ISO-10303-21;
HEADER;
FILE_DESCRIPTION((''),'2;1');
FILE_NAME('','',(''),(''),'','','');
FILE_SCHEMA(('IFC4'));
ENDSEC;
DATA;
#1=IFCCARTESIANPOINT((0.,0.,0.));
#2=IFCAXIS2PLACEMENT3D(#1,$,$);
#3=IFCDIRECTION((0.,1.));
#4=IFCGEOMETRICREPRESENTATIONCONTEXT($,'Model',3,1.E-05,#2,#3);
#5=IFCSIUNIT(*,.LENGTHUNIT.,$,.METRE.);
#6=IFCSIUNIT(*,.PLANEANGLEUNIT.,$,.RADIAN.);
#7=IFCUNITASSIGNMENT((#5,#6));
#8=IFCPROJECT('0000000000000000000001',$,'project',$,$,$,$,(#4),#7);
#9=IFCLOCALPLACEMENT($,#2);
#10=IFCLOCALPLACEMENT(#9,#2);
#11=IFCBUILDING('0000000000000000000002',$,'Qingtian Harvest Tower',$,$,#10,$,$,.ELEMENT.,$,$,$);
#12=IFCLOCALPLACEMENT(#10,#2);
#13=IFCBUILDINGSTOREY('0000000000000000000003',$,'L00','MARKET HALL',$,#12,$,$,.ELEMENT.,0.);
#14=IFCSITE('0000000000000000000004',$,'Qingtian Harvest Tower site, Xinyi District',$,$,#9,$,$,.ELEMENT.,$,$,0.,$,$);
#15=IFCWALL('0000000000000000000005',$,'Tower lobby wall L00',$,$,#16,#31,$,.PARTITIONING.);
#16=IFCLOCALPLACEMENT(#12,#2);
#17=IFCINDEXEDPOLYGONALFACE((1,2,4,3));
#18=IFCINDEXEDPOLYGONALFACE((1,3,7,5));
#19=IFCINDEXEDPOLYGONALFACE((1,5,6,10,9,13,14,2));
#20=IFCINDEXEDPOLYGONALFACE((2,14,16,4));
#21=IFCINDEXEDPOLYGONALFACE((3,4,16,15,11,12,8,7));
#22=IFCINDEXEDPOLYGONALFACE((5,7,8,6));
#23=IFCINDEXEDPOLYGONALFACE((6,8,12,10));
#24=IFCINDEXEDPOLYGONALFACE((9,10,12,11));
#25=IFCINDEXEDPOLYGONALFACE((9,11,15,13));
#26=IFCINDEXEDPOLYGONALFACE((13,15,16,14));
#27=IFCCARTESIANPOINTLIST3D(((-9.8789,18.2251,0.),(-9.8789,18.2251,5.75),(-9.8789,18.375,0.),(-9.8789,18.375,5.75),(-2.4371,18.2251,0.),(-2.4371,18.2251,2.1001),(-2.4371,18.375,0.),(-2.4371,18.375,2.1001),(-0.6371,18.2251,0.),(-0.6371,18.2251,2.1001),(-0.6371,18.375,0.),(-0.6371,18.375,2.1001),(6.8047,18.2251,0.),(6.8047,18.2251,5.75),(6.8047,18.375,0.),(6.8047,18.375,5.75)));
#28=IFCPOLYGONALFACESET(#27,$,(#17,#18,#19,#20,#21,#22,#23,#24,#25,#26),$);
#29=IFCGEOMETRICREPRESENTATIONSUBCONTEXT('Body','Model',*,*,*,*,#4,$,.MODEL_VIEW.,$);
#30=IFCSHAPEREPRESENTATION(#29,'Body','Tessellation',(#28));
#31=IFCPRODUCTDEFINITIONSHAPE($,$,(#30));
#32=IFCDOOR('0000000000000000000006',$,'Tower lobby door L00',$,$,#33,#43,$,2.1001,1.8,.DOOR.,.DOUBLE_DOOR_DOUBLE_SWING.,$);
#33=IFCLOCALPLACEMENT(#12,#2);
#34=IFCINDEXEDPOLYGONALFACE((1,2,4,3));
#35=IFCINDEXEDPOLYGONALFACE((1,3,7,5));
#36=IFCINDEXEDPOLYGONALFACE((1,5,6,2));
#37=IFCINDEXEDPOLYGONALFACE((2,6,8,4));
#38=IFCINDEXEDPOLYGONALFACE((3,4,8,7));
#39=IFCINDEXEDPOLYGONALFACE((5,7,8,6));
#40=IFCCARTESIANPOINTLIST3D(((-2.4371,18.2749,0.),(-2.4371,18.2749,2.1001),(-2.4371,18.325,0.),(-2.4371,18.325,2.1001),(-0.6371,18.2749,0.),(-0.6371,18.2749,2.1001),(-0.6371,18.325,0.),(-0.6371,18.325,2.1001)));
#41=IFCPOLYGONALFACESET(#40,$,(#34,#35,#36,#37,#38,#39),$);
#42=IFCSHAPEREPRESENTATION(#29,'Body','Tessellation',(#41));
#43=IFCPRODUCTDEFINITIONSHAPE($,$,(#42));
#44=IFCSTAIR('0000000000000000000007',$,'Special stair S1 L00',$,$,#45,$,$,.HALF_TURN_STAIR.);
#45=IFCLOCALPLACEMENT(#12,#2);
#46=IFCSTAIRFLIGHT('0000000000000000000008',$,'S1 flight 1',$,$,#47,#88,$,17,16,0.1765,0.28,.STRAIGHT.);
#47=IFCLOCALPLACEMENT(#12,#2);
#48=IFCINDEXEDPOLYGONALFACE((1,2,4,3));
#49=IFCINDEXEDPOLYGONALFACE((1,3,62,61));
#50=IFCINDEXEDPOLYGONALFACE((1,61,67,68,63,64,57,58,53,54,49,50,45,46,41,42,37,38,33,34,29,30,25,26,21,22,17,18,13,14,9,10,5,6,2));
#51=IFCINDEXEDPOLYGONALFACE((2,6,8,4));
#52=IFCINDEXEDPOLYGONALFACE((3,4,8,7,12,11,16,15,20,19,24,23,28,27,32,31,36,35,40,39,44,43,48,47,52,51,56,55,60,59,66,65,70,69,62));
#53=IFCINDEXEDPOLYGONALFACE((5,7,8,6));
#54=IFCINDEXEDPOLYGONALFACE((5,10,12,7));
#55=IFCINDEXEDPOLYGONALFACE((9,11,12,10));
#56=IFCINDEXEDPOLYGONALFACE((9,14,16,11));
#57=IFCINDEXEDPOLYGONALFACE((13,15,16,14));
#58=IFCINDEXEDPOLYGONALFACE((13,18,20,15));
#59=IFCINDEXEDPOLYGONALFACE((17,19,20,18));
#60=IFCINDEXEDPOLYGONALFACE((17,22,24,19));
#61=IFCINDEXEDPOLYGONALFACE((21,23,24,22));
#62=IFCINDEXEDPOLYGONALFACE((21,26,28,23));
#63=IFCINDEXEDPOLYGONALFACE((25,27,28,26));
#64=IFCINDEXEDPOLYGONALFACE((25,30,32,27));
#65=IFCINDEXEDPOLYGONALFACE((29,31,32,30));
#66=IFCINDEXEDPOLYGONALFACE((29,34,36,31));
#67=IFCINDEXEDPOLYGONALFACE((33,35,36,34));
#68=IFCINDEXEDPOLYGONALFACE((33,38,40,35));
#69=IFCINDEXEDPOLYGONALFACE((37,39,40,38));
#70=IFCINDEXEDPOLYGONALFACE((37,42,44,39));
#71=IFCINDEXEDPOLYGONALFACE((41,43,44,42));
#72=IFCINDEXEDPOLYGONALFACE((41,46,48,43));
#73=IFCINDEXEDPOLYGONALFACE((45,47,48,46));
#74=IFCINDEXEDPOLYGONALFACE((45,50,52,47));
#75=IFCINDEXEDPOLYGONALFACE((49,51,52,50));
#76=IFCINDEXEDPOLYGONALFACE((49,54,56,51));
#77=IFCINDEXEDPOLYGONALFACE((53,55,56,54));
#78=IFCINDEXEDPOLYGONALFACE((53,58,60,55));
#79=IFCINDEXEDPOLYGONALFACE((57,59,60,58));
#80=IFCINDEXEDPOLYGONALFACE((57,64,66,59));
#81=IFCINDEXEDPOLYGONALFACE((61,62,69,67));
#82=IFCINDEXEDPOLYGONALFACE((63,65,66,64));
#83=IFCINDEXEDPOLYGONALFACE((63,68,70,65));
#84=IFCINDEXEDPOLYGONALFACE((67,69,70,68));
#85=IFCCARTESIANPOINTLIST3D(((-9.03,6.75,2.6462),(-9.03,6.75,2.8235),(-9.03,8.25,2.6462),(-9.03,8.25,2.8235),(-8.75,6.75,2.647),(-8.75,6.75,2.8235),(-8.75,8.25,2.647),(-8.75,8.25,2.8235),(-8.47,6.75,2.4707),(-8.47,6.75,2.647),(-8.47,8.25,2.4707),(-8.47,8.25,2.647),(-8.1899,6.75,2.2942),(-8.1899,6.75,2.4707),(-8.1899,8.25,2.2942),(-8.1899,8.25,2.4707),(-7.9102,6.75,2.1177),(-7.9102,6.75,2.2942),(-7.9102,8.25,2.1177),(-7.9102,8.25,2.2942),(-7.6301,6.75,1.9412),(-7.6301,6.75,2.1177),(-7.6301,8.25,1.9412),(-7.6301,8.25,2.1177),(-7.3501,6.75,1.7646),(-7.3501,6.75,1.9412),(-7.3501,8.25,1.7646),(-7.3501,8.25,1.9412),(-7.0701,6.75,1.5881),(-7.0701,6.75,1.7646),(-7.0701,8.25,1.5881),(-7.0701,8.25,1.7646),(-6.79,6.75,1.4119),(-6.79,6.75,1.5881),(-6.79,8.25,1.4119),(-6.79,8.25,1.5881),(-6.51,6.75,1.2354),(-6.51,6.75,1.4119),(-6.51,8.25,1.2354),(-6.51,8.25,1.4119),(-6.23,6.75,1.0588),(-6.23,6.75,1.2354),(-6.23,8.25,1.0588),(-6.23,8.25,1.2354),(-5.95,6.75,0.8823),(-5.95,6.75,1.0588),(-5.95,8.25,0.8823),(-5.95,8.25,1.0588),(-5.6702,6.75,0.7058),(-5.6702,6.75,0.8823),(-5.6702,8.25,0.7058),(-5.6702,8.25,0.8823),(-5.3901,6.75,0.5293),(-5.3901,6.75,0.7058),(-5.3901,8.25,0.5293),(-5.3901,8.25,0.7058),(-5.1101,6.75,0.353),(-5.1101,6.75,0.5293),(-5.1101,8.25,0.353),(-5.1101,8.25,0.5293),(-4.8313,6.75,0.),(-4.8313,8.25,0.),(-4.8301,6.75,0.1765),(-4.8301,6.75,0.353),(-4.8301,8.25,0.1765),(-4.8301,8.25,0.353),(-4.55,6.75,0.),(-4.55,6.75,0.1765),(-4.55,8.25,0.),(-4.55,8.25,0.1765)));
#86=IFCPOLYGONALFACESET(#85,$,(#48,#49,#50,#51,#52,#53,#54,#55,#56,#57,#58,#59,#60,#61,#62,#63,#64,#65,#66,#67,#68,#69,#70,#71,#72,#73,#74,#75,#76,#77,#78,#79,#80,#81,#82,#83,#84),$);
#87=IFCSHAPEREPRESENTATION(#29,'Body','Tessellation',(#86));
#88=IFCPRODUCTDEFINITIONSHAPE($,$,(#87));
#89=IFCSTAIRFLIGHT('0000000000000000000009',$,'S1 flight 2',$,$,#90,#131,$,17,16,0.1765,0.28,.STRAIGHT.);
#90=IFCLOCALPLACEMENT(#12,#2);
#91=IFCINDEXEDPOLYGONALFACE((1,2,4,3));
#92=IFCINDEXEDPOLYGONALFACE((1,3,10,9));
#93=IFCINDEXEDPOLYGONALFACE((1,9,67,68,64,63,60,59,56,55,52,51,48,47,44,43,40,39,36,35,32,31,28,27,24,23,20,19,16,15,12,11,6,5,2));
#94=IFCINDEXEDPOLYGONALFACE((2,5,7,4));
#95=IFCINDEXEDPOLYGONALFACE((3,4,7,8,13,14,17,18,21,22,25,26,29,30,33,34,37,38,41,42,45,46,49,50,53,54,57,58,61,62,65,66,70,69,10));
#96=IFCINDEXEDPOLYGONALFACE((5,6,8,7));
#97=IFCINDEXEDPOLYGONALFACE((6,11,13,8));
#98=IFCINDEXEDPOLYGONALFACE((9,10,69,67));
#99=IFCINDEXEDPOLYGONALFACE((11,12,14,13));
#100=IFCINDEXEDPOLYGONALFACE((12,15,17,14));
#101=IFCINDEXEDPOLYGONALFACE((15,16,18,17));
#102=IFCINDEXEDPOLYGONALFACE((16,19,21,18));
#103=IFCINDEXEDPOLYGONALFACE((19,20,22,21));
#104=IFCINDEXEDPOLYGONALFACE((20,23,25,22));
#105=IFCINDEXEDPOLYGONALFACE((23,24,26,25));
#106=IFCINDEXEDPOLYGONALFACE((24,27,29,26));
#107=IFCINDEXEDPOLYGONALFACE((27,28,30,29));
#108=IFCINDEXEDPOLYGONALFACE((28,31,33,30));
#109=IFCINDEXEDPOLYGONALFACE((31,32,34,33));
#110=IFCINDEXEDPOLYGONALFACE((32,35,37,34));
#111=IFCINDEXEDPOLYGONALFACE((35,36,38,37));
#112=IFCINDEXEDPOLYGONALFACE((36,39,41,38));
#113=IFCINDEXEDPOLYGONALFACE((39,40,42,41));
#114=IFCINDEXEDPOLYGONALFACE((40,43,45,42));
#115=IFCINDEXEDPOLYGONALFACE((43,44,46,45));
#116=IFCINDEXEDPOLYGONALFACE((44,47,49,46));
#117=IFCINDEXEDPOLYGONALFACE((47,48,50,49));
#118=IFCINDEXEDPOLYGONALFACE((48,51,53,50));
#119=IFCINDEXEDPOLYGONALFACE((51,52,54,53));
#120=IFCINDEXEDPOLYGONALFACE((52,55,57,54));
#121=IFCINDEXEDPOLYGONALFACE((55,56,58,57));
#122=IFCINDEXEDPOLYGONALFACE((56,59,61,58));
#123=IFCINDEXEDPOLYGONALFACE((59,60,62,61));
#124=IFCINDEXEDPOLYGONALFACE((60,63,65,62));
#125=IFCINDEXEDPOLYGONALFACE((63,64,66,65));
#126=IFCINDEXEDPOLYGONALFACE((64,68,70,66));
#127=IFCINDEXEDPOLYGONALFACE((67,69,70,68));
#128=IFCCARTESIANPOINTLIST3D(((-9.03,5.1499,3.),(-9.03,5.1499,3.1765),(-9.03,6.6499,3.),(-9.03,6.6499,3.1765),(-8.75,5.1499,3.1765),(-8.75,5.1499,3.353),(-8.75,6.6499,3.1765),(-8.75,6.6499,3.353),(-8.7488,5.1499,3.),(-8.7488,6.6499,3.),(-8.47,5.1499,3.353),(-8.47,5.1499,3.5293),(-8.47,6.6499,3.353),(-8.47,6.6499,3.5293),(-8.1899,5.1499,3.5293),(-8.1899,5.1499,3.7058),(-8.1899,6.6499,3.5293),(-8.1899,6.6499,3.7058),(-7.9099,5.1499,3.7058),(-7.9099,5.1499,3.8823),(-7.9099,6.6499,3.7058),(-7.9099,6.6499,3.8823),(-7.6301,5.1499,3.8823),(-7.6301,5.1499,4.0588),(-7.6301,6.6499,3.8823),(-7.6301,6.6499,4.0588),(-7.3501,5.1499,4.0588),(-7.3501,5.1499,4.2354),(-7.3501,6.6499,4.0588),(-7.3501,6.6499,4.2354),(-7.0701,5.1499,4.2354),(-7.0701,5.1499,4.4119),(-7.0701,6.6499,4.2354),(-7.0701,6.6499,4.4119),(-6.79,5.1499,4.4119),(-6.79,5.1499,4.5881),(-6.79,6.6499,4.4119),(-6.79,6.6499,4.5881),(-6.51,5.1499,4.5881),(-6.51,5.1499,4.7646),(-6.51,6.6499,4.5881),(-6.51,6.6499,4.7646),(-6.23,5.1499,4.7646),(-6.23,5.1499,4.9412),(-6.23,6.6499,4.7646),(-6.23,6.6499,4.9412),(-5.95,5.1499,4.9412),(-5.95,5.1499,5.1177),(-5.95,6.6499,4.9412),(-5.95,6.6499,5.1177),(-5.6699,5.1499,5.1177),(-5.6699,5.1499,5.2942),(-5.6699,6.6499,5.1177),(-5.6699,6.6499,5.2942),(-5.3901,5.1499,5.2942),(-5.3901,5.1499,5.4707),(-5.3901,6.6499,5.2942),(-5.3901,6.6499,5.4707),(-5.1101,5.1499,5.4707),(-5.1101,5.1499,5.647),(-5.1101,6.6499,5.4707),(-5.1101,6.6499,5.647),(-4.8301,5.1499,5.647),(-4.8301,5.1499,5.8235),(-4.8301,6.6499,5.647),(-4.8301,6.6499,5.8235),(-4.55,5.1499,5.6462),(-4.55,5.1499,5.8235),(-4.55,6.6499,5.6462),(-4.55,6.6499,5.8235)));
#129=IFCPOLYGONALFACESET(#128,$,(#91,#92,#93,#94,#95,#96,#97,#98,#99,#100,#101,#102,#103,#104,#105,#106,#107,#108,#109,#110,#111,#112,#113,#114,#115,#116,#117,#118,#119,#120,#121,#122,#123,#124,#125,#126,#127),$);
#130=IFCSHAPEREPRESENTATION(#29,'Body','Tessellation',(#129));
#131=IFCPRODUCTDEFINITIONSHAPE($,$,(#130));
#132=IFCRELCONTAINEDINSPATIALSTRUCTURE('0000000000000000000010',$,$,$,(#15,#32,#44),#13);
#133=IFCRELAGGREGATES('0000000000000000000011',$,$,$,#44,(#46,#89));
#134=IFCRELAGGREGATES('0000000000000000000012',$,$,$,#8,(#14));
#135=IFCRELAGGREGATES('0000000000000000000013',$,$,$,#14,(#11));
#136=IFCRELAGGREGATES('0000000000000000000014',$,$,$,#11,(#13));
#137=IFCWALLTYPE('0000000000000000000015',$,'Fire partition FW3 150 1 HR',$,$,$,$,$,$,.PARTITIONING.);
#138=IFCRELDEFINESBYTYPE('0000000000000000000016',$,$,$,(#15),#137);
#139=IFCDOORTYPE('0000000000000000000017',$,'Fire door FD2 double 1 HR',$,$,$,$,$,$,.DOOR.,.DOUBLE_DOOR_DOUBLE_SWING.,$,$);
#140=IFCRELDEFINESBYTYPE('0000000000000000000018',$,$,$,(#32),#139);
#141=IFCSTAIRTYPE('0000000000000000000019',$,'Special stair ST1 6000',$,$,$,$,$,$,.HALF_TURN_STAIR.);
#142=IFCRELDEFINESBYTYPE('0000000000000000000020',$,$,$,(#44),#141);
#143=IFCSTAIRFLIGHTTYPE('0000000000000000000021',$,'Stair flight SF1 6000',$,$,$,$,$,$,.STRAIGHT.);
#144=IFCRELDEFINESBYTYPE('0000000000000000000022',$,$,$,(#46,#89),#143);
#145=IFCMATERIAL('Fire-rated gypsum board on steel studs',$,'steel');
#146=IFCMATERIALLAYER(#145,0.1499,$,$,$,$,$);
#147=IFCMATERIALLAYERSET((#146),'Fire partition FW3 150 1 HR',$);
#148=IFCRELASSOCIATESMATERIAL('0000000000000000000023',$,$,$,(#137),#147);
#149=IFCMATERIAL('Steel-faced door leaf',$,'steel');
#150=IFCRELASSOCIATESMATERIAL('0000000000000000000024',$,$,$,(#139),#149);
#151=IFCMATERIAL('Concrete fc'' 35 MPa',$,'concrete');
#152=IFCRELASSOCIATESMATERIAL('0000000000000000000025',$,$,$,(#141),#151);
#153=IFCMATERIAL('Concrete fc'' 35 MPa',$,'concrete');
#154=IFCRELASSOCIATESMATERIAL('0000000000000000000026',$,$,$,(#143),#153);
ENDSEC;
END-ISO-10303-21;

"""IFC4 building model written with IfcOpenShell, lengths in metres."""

from ifc_helpers import new_model, si_unit, direction, frame, frame_2d, origin, place, context, subcontext, project, spatial, polyline, rectangle, outline, extrude, material, layer, layer_set, type_object, element, fill, aggregate, save


model = new_model("IFC4")

# Units and contexts
model_context = context("Model", 3, precision=1e-05, world=origin(), true_north=direction((0.0, 1.0)))
body_context = subcontext(model_context, "Body", "Model", "MODEL_VIEW")
ifc_project = project(units=[si_unit("LENGTHUNIT", "METRE"), si_unit("PLANEANGLEUNIT", "RADIAN")], contexts=[model_context])

# Site, building, storey
site_placement = place(None, origin())
site = spatial("IfcSite", under=ifc_project, at=site_placement, Name="Qingtian Harvest Tower site, Xinyi District", CompositionType="ELEMENT", RefElevation=0.0)
building_placement = place(site_placement, origin())
building = spatial("IfcBuilding", under=site, at=building_placement, Name="Qingtian Harvest Tower", CompositionType="ELEMENT")
storey_placement = place(building_placement, origin())
storey = spatial("IfcBuildingStorey", under=building, at=storey_placement, Name="L00", Description="MARKET HALL", CompositionType="ELEMENT", Elevation=0.0)

# Wall, opening, door
ifc_material_1 = material(Name="Fire-rated gypsum board on steel studs", Category="steel")
ifc_layer_1 = layer(ifc_material_1, 0.1499)
ifc_layer_set_1 = layer_set([ifc_layer_1], Name="Fire partition FW3 150 1 HR")
wall_type_1 = type_object("IfcWallType", Name="Fire partition FW3 150 1 HR", PredefinedType="PARTITIONING", material=ifc_layer_set_1)
wall_1_placement = place(storey_placement, frame((-9.8789, 18.3, 0.0), z_axis=(0.0, 0.0, 1.0), x_axis=(1.0, 0.0, 0.0)))
wall_1 = element("IfcWall", 1, at=wall_1_placement, inside=storey, type_object=wall_type_1, Name="Tower lobby wall L00", PredefinedType="PARTITIONING", context=body_context, shape_type="SweptSolid", body=[
    extrude(rectangle(XDim=16.6836, YDim=0.1499, at=frame_2d((8.3418, 0.0))), origin(), (0.0, 0.0, 1.0), 5.75),
])
opening_1_placement = place(wall_1_placement, frame((7.4419, 0.0, 0.0)))
opening_1 = element("IfcOpeningElement", 2, at=opening_1_placement, cuts=wall_1, PredefinedType="OPENING", context=body_context, shape_type="SweptSolid", body=[
    extrude(rectangle(XDim=1.8, YDim=2.1001, at=frame_2d((0.8999, 1.05))), frame((0.0, 0.085, 0.0), z_axis=(0.0, -1.0, 0.0), x_axis=(1.0, 0.0, 0.0)), (0.0, 0.0, 1.0), 0.1699),
])
ifc_material_2 = material(Name="Steel-faced door leaf", Category="steel")
door_type_1 = type_object("IfcDoorType", Name="Fire door FD2 double 1 HR", OperationType="DOUBLE_DOOR_DOUBLE_SWING", PredefinedType="DOOR", material=ifc_material_2)
door_1_placement = place(opening_1_placement, origin())
door_1 = element("IfcDoor", 3, at=door_1_placement, inside=storey, type_object=door_type_1, Name="Tower lobby door L00", OperationType="DOUBLE_DOOR_DOUBLE_SWING", OverallHeight=2.1001, OverallWidth=1.8, PredefinedType="DOOR", context=body_context, shape_type="SweptSolid", body=[
    extrude(rectangle(XDim=1.8, YDim=2.1001, at=frame_2d((0.8999, 1.05))), frame((0.0, 0.0249, 0.0), z_axis=(0.0, -1.0, 0.0), x_axis=(1.0, 0.0, 0.0)), (0.0, 0.0, 1.0), 0.05),
])
fill(opening_1, door_1)

# Stair, stair flights
ifc_material_3 = material(Name="Concrete fc' 35 MPa", Category="concrete")
stair_type = type_object("IfcStairType", Name="Special stair ST1 6000", PredefinedType="HALF_TURN_STAIR", material=ifc_material_3)
stair_placement = place(storey_placement, origin())
stair = element("IfcStair", 4, at=stair_placement, inside=storey, type_object=stair_type, Name="Special stair S1 L00", PredefinedType="HALF_TURN_STAIR")
ifc_material_4 = material(Name="Concrete fc' 35 MPa", Category="concrete")
stair_flight_type = type_object("IfcStairFlightType", Name="Stair flight SF1 6000", PredefinedType="STRAIGHT", material=ifc_material_4)
stair_flight_1_placement = place(storey_placement, frame((-4.55, 7.5, 0.0), z_axis=(0.0, 0.0, 1.0), x_axis=(-1.0, 0.0, 0.0)))
stair_flight_1 = element("IfcStairFlight", 5, at=stair_flight_1_placement, type_object=stair_flight_type, Name="S1 flight 1", NumberOfRisers=17, NumberOfTreads=16, PredefinedType="STRAIGHT", RiserHeight=0.1765, TreadLength=0.28, context=body_context, shape_type="SweptSolid", body=[
    extrude(outline(polyline([(0.0, 0.0), (0.0, 0.1765), (0.28, 0.1765), (0.28, 0.353), (0.5601, 0.353), (0.5601, 0.5293), (0.8401, 0.5293), (0.8401, 0.7058), (1.1201, 0.7058), (1.1201, 0.8823), (1.3999, 0.8823), (1.3999, 1.0588), (1.6799, 1.0588), (1.6799, 1.2354), (1.96, 1.2354), (1.96, 1.4119), (2.24, 1.4119), (2.24, 1.5881), (2.52, 1.5881), (2.52, 1.7646), (2.8, 1.7646), (2.8, 1.9412), (3.0801, 1.9412), (3.0801, 2.1177), (3.3601, 2.1177), (3.3601, 2.2942), (3.6399, 2.2942), (3.6399, 2.4707), (3.9199, 2.4707), (3.9199, 2.647), (4.2, 2.647), (4.2, 2.8235), (4.48, 2.8235), (4.48, 3.0), (4.48, 2.6462), (0.2812, 0.0), (0.0, 0.0)])), frame((0.0, 0.75, 0.0), z_axis=(0.0, -1.0, 0.0), x_axis=(1.0, 0.0, 0.0)), (0.0, 0.0, 1.0), 1.5),
])
stair_flight_2_placement = place(storey_placement, frame((-9.03, 5.8999, 3.0), z_axis=(0.0, 0.0, 1.0), x_axis=(1.0, 0.0, 0.0)))
stair_flight_2 = element("IfcStairFlight", 6, at=stair_flight_2_placement, type_object=stair_flight_type, Name="S1 flight 2", NumberOfRisers=17, NumberOfTreads=16, PredefinedType="STRAIGHT", RiserHeight=0.1765, TreadLength=0.28, context=body_context, shape_type="SweptSolid", body=[
    extrude(outline(polyline([(0.0, 0.0), (0.0, 0.1765), (0.28, 0.1765), (0.28, 0.353), (0.5601, 0.353), (0.5601, 0.5293), (0.8401, 0.5293), (0.8401, 0.7058), (1.1201, 0.7058), (1.1201, 0.8823), (1.3999, 0.8823), (1.3999, 1.0588), (1.6799, 1.0588), (1.6799, 1.2354), (1.96, 1.2354), (1.96, 1.4119), (2.24, 1.4119), (2.24, 1.5881), (2.52, 1.5881), (2.52, 1.7646), (2.8, 1.7646), (2.8, 1.9412), (3.0801, 1.9412), (3.0801, 2.1177), (3.3601, 2.1177), (3.3601, 2.2942), (3.6399, 2.2942), (3.6399, 2.4707), (3.9199, 2.4707), (3.9199, 2.647), (4.2, 2.647), (4.2, 2.8235), (4.48, 2.8235), (4.48, 3.0), (4.48, 2.6462), (0.2812, 0.0), (0.0, 0.0)])), frame((0.0, 0.75, 0.0), z_axis=(0.0, -1.0, 0.0), x_axis=(1.0, 0.0, 0.0)), (0.0, 0.0, 1.0), 1.5),
])
aggregate(stair, [stair_flight_1, stair_flight_2])

save(model, "model.ifc")
